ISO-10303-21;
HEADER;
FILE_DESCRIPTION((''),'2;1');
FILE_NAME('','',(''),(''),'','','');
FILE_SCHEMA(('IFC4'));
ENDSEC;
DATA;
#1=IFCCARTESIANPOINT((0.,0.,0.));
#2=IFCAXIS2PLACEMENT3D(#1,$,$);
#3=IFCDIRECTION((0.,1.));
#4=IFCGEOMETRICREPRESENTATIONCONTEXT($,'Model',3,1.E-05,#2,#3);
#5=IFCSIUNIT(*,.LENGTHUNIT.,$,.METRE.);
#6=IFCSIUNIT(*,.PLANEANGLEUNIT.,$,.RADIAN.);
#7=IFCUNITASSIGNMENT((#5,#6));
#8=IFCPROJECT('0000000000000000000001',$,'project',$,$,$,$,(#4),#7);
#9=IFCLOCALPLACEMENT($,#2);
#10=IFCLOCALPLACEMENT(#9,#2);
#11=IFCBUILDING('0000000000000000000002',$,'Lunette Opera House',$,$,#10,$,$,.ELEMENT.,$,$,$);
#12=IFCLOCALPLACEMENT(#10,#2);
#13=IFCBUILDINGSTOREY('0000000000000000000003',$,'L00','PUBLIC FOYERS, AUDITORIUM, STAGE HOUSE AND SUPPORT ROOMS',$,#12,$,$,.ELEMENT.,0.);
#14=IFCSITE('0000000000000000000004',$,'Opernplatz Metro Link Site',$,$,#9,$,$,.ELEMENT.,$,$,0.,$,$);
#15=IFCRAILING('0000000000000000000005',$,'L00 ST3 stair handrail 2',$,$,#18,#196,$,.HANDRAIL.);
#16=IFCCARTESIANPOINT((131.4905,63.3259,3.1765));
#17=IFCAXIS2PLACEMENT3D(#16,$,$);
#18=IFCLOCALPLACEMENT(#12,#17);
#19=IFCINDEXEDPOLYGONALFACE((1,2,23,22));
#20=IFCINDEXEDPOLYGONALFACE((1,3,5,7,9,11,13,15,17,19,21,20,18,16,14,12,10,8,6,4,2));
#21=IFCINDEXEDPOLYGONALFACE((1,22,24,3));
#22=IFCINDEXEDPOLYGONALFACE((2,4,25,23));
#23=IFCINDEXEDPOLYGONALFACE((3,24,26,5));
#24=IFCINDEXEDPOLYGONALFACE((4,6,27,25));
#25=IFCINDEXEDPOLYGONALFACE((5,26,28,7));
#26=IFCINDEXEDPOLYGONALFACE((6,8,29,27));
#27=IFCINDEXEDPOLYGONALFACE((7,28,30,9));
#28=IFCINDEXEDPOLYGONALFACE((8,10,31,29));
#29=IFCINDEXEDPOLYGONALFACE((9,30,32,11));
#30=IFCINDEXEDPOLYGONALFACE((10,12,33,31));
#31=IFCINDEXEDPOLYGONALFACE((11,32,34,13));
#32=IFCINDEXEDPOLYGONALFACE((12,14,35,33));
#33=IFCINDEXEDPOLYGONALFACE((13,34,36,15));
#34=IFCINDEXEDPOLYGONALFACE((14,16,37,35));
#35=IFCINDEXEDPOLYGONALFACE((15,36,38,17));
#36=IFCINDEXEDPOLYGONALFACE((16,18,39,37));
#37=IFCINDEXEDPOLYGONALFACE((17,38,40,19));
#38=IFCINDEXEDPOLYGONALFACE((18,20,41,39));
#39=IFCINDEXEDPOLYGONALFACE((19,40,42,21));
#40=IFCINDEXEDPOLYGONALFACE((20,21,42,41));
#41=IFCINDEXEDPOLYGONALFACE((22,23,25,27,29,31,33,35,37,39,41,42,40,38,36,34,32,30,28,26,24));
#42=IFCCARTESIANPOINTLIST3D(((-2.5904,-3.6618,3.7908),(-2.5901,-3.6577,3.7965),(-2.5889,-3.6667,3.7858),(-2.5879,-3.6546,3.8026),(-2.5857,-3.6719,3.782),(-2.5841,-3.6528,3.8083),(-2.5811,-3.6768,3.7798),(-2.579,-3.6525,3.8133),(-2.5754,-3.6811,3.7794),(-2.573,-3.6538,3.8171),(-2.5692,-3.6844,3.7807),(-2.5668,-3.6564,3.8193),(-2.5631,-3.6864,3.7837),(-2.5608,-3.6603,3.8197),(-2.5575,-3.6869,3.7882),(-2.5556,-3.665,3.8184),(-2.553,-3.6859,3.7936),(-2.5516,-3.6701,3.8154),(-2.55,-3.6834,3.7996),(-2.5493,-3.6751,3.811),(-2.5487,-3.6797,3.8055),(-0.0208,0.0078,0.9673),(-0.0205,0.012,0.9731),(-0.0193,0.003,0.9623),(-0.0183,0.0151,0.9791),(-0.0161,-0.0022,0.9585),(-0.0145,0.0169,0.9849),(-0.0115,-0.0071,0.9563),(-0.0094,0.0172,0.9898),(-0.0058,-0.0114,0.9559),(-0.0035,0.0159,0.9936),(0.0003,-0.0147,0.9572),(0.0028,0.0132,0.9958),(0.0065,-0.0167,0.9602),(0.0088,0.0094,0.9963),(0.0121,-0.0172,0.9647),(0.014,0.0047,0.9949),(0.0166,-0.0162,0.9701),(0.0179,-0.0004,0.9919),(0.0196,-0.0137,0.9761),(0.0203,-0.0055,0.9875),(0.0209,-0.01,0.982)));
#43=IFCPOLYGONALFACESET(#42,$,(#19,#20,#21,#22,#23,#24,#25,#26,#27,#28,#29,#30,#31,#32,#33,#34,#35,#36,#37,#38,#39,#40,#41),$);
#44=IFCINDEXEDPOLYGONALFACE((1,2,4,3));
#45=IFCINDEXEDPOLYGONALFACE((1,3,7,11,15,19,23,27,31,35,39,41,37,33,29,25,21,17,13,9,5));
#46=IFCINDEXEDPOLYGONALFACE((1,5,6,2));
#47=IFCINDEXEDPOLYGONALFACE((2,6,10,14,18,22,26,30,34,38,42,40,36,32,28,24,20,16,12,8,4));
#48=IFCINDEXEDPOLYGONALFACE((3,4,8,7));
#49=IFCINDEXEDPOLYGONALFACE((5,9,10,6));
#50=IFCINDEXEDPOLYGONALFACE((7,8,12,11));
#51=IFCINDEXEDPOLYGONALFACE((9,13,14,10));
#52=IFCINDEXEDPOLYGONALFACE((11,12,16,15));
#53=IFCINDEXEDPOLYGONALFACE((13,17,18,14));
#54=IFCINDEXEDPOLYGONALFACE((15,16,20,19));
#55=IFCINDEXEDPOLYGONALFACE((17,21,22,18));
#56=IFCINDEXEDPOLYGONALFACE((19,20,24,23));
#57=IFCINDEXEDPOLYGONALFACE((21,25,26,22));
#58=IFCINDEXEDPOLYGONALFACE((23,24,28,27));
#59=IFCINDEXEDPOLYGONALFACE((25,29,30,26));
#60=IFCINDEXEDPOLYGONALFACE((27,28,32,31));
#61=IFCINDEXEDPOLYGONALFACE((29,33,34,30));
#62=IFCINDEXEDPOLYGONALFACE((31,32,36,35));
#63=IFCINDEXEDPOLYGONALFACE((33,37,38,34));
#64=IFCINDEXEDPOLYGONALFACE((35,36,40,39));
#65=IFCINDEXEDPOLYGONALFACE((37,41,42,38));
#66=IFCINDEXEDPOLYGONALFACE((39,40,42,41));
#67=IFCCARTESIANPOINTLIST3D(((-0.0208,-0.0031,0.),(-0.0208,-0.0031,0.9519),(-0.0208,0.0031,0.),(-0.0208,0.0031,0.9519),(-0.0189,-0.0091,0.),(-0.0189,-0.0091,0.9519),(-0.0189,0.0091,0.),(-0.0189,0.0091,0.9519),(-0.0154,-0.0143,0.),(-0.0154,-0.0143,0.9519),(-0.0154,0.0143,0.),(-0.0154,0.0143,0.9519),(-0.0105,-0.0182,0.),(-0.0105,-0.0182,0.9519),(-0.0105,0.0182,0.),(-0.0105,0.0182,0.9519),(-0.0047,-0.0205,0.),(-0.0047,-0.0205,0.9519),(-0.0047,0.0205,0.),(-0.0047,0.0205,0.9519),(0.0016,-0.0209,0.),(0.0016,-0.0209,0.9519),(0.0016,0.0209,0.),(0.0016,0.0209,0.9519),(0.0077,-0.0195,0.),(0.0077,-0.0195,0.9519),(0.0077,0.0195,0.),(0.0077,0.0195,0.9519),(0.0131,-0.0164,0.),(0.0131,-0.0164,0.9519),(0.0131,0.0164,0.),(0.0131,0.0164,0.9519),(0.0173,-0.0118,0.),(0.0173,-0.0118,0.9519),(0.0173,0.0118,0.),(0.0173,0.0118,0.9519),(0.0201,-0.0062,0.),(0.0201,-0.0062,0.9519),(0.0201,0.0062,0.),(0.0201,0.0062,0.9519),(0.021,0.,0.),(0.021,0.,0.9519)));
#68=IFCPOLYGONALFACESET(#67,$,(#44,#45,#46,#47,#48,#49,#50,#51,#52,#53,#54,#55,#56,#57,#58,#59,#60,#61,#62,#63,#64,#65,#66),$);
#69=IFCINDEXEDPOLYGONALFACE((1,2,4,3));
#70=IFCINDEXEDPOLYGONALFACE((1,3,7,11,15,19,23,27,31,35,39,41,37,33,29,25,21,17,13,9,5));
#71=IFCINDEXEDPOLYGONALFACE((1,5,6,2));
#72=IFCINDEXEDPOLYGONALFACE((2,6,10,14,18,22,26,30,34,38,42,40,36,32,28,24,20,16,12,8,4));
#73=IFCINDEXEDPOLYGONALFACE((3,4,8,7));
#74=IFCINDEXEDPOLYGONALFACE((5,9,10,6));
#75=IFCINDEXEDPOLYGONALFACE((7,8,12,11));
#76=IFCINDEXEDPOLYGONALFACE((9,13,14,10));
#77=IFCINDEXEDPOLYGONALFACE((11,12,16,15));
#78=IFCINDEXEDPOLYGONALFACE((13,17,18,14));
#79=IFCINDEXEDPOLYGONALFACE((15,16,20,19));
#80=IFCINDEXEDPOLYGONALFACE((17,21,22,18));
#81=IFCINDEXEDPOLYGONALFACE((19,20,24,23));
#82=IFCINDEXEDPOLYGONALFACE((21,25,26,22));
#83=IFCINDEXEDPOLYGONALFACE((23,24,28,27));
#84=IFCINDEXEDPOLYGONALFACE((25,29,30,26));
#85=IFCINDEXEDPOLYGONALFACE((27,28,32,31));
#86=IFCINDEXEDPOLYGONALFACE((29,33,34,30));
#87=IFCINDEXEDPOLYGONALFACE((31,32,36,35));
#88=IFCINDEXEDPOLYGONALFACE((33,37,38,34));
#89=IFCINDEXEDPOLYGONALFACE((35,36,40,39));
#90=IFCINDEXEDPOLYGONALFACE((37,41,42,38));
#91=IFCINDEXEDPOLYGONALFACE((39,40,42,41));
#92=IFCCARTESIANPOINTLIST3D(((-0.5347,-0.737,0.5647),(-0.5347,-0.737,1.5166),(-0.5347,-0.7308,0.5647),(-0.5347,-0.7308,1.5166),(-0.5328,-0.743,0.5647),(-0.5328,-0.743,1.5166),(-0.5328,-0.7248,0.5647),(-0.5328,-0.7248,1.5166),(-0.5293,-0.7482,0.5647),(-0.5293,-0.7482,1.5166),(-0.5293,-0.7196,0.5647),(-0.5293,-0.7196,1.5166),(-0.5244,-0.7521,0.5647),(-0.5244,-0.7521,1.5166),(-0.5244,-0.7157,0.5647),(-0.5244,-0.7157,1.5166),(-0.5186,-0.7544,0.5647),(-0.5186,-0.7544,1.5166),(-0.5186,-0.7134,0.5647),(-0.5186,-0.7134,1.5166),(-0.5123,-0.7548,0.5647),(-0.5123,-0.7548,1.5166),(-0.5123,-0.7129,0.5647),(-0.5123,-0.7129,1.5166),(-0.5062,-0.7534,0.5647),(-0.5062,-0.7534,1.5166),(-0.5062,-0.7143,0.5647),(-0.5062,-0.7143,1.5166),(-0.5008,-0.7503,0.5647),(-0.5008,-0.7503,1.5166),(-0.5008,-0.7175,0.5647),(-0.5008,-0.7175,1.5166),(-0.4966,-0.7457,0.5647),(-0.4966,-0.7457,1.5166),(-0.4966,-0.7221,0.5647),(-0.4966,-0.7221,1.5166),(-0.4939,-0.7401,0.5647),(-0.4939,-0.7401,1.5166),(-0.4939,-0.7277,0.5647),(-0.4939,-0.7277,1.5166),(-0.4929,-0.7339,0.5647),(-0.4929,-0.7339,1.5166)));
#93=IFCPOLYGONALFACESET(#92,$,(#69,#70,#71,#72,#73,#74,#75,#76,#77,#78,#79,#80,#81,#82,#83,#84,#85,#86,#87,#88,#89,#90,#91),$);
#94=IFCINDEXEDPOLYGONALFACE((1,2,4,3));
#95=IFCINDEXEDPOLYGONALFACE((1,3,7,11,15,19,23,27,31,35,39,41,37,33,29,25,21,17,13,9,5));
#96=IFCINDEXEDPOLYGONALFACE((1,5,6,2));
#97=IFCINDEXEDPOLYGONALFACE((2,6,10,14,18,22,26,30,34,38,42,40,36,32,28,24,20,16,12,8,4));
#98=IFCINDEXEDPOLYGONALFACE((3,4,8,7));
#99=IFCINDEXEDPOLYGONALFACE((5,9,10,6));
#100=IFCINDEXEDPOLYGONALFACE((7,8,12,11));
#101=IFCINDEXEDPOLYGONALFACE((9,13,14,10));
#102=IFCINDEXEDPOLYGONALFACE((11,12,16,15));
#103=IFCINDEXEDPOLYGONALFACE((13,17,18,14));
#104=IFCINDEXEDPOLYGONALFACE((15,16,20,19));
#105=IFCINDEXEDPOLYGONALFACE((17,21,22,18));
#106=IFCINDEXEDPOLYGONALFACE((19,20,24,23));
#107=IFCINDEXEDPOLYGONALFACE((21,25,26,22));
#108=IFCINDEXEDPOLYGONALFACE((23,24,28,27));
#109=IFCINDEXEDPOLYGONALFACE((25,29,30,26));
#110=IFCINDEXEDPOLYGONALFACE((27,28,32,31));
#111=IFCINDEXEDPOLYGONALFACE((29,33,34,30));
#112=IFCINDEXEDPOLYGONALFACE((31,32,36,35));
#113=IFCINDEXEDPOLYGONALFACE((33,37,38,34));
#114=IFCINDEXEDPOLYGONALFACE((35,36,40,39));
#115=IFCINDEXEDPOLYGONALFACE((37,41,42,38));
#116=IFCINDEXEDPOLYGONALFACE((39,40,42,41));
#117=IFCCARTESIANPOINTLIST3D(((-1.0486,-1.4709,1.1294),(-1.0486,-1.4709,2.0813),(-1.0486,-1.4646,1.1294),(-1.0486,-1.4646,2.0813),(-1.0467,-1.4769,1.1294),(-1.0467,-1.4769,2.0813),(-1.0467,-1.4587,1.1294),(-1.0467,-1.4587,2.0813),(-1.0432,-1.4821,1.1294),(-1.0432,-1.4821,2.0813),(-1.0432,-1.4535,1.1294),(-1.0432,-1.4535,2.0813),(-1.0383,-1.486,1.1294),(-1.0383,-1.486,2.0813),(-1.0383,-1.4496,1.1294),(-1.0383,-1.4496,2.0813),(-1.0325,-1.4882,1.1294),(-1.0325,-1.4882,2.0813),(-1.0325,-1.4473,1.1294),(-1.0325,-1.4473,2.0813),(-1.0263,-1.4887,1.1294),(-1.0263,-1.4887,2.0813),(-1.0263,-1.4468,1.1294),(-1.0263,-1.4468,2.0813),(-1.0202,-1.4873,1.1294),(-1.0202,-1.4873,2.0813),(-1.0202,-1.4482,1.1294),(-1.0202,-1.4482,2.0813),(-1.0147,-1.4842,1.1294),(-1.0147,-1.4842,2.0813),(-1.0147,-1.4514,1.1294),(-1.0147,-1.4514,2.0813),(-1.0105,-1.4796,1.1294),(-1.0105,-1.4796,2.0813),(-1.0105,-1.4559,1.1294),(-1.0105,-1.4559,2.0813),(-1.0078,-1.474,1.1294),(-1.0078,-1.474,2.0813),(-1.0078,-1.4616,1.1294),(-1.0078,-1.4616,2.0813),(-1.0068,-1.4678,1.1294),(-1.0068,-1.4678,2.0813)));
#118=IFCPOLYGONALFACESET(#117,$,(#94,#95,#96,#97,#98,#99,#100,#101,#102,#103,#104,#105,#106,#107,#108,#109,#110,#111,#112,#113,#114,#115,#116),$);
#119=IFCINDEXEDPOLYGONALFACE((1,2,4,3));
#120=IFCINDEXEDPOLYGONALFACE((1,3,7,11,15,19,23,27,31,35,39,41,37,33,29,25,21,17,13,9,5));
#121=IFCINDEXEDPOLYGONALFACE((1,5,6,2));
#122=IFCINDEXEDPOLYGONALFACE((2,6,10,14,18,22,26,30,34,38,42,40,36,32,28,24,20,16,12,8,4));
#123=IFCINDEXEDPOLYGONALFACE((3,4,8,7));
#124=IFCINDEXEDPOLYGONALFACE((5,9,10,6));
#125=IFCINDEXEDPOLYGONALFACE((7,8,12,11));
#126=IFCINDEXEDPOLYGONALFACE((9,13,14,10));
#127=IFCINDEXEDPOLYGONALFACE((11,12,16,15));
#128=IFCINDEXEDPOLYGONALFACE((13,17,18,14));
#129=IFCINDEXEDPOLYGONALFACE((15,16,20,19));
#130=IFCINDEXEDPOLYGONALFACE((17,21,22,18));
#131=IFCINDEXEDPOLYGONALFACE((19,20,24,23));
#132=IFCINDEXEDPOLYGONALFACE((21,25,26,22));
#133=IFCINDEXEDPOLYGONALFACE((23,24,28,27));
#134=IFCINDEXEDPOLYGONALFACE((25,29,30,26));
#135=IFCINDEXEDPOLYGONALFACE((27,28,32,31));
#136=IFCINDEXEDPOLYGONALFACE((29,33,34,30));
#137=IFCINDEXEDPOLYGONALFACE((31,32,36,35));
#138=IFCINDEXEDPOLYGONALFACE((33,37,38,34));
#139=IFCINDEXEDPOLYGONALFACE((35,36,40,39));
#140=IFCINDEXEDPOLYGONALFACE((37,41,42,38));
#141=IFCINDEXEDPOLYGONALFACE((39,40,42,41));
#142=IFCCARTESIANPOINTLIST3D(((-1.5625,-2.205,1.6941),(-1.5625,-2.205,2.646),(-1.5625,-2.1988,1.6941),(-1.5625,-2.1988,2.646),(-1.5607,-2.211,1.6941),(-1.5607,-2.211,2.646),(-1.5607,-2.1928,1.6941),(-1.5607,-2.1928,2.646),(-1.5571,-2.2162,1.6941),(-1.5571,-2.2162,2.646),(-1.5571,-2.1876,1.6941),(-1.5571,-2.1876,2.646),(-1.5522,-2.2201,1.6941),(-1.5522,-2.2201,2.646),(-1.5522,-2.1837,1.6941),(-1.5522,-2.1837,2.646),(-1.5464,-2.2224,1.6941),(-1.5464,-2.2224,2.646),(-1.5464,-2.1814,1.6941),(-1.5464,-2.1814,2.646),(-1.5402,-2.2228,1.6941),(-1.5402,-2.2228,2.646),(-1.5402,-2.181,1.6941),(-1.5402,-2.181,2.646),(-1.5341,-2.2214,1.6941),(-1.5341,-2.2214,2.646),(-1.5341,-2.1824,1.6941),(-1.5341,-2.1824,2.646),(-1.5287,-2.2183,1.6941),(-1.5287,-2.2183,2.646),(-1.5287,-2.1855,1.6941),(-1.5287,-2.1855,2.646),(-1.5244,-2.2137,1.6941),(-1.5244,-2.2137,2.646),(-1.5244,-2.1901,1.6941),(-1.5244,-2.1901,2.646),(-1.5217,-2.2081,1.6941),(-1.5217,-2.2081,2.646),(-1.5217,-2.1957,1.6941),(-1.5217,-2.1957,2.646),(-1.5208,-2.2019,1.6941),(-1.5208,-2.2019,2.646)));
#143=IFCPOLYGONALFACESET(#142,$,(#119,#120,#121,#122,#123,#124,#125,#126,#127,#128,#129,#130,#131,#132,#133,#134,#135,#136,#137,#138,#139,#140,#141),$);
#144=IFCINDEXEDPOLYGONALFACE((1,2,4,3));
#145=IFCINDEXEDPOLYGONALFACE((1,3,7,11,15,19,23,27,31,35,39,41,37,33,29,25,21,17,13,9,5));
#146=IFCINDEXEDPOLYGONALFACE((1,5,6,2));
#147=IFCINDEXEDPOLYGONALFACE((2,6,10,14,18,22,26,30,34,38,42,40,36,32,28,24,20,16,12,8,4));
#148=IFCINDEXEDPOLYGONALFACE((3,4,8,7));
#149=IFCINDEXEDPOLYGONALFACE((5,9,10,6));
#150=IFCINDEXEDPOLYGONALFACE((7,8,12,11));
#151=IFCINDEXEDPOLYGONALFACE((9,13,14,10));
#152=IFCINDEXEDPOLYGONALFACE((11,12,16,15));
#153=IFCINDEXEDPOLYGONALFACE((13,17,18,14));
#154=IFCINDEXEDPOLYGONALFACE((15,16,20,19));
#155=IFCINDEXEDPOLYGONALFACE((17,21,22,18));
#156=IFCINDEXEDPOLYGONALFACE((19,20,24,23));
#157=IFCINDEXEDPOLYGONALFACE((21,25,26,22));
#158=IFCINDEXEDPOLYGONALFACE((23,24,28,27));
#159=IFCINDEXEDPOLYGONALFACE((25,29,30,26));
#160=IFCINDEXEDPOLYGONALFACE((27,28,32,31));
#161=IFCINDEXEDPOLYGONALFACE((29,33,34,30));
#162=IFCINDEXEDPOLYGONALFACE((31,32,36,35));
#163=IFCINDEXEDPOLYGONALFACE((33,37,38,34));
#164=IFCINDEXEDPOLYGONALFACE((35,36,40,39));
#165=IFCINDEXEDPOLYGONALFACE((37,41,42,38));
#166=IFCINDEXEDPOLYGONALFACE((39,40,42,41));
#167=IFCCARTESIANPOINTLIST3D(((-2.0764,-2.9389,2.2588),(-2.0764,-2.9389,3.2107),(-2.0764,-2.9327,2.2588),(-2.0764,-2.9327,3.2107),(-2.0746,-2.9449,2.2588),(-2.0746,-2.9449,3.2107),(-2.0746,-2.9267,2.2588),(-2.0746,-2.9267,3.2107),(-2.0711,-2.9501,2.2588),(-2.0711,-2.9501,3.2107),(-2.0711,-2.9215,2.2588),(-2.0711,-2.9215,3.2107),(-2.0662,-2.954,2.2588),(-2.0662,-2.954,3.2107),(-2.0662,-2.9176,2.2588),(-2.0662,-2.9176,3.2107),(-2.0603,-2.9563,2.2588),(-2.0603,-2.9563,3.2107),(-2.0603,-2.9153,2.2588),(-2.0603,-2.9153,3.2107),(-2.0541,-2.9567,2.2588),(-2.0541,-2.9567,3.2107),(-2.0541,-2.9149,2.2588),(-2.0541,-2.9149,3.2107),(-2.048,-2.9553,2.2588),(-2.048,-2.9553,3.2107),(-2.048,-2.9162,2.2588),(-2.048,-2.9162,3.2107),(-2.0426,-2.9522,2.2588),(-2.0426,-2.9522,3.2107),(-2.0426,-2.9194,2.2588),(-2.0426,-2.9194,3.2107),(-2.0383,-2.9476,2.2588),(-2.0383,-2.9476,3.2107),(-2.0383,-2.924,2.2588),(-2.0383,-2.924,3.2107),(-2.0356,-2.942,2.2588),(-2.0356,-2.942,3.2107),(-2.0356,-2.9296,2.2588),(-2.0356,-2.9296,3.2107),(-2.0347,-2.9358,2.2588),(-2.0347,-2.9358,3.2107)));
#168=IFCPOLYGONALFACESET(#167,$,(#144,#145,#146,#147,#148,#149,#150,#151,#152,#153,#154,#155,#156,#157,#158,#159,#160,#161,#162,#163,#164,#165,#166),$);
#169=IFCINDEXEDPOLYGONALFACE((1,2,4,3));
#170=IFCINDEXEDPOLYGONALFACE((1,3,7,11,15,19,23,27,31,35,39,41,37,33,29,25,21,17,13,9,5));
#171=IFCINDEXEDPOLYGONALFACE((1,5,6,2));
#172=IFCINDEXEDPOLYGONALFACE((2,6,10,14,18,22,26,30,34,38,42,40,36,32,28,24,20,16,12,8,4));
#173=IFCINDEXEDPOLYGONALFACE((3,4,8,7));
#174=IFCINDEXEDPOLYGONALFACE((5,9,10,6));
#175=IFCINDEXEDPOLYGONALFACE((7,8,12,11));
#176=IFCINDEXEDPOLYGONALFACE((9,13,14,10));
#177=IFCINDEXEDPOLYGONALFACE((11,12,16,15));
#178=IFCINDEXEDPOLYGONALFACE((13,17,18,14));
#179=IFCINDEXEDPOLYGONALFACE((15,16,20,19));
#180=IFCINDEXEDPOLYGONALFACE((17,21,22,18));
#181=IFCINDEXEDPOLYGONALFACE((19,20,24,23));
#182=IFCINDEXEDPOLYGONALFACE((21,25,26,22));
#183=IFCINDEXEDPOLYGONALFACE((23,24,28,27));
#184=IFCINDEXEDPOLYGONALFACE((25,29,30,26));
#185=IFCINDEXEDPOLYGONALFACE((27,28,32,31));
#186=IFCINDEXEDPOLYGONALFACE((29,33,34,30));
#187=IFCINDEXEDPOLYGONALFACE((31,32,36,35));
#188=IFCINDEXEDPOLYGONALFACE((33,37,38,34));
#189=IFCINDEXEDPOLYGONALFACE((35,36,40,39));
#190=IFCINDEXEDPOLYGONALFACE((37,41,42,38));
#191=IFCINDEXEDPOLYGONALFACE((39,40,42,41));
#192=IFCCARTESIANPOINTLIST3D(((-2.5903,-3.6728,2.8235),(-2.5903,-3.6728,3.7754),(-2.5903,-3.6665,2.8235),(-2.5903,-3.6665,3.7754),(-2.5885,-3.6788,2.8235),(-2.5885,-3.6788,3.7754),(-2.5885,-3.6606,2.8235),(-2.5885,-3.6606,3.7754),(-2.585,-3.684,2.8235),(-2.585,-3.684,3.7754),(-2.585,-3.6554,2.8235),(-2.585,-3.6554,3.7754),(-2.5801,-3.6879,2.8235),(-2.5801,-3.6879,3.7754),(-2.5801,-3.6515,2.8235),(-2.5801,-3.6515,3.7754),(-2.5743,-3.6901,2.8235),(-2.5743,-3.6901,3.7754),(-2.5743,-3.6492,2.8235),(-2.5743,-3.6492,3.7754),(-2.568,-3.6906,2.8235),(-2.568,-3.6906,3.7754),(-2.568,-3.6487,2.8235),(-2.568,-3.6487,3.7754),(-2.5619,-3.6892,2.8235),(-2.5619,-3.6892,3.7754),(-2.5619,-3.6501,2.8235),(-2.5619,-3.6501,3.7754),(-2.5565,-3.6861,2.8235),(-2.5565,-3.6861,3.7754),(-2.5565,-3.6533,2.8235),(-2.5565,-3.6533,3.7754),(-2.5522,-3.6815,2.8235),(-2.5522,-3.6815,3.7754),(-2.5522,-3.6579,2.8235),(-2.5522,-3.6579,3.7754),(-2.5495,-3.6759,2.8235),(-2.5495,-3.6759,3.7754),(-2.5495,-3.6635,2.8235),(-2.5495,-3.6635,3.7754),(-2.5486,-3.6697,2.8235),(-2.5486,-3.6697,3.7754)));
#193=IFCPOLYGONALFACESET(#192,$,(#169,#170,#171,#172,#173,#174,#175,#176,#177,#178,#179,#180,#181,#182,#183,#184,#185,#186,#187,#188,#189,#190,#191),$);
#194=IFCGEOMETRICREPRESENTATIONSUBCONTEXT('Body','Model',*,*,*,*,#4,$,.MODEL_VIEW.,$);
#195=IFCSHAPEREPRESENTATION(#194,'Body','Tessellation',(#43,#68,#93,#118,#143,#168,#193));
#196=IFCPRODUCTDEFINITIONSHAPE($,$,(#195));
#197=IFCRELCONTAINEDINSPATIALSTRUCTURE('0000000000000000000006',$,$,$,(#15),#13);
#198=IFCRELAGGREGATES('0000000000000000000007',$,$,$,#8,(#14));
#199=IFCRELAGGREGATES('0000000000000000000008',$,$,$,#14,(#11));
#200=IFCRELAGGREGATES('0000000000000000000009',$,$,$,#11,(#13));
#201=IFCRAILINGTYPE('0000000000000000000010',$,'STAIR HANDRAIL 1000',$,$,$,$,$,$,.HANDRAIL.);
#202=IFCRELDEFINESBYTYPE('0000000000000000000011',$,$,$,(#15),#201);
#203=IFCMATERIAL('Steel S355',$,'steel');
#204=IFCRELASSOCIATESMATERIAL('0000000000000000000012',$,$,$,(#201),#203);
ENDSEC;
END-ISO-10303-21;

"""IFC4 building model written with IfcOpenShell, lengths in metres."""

from ifc_helpers import new_model, si_unit, direction, frame, origin, origin_2d, place, context, subcontext, project, spatial, circle, extrude, material, type_object, element, save


model = new_model("IFC4")

# Units and contexts
model_context = context("Model", 3, precision=1e-05, world=origin(), true_north=direction((0.0, 1.0)))
body_context = subcontext(model_context, "Body", "Model", "MODEL_VIEW")
ifc_project = project(units=[si_unit("LENGTHUNIT", "METRE"), si_unit("PLANEANGLEUNIT", "RADIAN")], contexts=[model_context])

# Site, building, storey
site_placement = place(None, origin())
site = spatial("IfcSite", under=ifc_project, at=site_placement, Name="Opernplatz Metro Link Site", CompositionType="ELEMENT", RefElevation=0.0)
building_placement = place(site_placement, origin())
building = spatial("IfcBuilding", under=site, at=building_placement, Name="Lunette Opera House", CompositionType="ELEMENT")
storey_placement = place(building_placement, origin())
storey = spatial("IfcBuildingStorey", under=building, at=storey_placement, Name="L00", Description="PUBLIC FOYERS, AUDITORIUM, STAGE HOUSE AND SUPPORT ROOMS", CompositionType="ELEMENT", Elevation=0.0)

# Railing
ifc_material_1 = material(Name="Steel S355", Category="steel")
railing_type_1 = type_object("IfcRailingType", Name="STAIR HANDRAIL 1000", PredefinedType="HANDRAIL", material=ifc_material_1)
railing_1_placement = place(storey_placement, frame((131.4905, 63.3259, 3.1765)))
element("IfcRailing", 1, at=railing_1_placement, inside=storey, type_object=railing_type_1, Name="L00 ST3 stair handrail 2", PredefinedType="HANDRAIL", context=body_context, shape_type="SweptSolid", body=[
    extrude(circle(Radius=0.0239, at=origin_2d()), frame((0.0, 0.0, 0.9761), z_axis=(-0.485247, -0.692992, 0.533195), x_axis=(0.819147, -0.573583, 0.0)), (0.0, 0.0, 1.0), 5.2954),
    extrude(circle(Radius=0.021, at=origin_2d()), origin(), (0.0, 0.0, 1.0), 0.9519),
    extrude(circle(Radius=0.021, at=origin_2d()), frame((-0.5139, -0.7339, 0.5647)), (0.0, 0.0, 1.0), 0.9519),
    extrude(circle(Radius=0.021, at=origin_2d()), frame((-1.0278, -1.4678, 1.1294)), (0.0, 0.0, 1.0), 0.9519),
    extrude(circle(Radius=0.021, at=origin_2d()), frame((-1.5417, -2.2019, 1.6941)), (0.0, 0.0, 1.0), 0.9519),
    extrude(circle(Radius=0.021, at=origin_2d()), frame((-2.0557, -2.9358, 2.2588)), (0.0, 0.0, 1.0), 0.9519),
    extrude(circle(Radius=0.021, at=origin_2d()), frame((-2.5696, -3.6697, 2.8235)), (0.0, 0.0, 1.0), 0.9519),
])

save(model, "model.ifc")
